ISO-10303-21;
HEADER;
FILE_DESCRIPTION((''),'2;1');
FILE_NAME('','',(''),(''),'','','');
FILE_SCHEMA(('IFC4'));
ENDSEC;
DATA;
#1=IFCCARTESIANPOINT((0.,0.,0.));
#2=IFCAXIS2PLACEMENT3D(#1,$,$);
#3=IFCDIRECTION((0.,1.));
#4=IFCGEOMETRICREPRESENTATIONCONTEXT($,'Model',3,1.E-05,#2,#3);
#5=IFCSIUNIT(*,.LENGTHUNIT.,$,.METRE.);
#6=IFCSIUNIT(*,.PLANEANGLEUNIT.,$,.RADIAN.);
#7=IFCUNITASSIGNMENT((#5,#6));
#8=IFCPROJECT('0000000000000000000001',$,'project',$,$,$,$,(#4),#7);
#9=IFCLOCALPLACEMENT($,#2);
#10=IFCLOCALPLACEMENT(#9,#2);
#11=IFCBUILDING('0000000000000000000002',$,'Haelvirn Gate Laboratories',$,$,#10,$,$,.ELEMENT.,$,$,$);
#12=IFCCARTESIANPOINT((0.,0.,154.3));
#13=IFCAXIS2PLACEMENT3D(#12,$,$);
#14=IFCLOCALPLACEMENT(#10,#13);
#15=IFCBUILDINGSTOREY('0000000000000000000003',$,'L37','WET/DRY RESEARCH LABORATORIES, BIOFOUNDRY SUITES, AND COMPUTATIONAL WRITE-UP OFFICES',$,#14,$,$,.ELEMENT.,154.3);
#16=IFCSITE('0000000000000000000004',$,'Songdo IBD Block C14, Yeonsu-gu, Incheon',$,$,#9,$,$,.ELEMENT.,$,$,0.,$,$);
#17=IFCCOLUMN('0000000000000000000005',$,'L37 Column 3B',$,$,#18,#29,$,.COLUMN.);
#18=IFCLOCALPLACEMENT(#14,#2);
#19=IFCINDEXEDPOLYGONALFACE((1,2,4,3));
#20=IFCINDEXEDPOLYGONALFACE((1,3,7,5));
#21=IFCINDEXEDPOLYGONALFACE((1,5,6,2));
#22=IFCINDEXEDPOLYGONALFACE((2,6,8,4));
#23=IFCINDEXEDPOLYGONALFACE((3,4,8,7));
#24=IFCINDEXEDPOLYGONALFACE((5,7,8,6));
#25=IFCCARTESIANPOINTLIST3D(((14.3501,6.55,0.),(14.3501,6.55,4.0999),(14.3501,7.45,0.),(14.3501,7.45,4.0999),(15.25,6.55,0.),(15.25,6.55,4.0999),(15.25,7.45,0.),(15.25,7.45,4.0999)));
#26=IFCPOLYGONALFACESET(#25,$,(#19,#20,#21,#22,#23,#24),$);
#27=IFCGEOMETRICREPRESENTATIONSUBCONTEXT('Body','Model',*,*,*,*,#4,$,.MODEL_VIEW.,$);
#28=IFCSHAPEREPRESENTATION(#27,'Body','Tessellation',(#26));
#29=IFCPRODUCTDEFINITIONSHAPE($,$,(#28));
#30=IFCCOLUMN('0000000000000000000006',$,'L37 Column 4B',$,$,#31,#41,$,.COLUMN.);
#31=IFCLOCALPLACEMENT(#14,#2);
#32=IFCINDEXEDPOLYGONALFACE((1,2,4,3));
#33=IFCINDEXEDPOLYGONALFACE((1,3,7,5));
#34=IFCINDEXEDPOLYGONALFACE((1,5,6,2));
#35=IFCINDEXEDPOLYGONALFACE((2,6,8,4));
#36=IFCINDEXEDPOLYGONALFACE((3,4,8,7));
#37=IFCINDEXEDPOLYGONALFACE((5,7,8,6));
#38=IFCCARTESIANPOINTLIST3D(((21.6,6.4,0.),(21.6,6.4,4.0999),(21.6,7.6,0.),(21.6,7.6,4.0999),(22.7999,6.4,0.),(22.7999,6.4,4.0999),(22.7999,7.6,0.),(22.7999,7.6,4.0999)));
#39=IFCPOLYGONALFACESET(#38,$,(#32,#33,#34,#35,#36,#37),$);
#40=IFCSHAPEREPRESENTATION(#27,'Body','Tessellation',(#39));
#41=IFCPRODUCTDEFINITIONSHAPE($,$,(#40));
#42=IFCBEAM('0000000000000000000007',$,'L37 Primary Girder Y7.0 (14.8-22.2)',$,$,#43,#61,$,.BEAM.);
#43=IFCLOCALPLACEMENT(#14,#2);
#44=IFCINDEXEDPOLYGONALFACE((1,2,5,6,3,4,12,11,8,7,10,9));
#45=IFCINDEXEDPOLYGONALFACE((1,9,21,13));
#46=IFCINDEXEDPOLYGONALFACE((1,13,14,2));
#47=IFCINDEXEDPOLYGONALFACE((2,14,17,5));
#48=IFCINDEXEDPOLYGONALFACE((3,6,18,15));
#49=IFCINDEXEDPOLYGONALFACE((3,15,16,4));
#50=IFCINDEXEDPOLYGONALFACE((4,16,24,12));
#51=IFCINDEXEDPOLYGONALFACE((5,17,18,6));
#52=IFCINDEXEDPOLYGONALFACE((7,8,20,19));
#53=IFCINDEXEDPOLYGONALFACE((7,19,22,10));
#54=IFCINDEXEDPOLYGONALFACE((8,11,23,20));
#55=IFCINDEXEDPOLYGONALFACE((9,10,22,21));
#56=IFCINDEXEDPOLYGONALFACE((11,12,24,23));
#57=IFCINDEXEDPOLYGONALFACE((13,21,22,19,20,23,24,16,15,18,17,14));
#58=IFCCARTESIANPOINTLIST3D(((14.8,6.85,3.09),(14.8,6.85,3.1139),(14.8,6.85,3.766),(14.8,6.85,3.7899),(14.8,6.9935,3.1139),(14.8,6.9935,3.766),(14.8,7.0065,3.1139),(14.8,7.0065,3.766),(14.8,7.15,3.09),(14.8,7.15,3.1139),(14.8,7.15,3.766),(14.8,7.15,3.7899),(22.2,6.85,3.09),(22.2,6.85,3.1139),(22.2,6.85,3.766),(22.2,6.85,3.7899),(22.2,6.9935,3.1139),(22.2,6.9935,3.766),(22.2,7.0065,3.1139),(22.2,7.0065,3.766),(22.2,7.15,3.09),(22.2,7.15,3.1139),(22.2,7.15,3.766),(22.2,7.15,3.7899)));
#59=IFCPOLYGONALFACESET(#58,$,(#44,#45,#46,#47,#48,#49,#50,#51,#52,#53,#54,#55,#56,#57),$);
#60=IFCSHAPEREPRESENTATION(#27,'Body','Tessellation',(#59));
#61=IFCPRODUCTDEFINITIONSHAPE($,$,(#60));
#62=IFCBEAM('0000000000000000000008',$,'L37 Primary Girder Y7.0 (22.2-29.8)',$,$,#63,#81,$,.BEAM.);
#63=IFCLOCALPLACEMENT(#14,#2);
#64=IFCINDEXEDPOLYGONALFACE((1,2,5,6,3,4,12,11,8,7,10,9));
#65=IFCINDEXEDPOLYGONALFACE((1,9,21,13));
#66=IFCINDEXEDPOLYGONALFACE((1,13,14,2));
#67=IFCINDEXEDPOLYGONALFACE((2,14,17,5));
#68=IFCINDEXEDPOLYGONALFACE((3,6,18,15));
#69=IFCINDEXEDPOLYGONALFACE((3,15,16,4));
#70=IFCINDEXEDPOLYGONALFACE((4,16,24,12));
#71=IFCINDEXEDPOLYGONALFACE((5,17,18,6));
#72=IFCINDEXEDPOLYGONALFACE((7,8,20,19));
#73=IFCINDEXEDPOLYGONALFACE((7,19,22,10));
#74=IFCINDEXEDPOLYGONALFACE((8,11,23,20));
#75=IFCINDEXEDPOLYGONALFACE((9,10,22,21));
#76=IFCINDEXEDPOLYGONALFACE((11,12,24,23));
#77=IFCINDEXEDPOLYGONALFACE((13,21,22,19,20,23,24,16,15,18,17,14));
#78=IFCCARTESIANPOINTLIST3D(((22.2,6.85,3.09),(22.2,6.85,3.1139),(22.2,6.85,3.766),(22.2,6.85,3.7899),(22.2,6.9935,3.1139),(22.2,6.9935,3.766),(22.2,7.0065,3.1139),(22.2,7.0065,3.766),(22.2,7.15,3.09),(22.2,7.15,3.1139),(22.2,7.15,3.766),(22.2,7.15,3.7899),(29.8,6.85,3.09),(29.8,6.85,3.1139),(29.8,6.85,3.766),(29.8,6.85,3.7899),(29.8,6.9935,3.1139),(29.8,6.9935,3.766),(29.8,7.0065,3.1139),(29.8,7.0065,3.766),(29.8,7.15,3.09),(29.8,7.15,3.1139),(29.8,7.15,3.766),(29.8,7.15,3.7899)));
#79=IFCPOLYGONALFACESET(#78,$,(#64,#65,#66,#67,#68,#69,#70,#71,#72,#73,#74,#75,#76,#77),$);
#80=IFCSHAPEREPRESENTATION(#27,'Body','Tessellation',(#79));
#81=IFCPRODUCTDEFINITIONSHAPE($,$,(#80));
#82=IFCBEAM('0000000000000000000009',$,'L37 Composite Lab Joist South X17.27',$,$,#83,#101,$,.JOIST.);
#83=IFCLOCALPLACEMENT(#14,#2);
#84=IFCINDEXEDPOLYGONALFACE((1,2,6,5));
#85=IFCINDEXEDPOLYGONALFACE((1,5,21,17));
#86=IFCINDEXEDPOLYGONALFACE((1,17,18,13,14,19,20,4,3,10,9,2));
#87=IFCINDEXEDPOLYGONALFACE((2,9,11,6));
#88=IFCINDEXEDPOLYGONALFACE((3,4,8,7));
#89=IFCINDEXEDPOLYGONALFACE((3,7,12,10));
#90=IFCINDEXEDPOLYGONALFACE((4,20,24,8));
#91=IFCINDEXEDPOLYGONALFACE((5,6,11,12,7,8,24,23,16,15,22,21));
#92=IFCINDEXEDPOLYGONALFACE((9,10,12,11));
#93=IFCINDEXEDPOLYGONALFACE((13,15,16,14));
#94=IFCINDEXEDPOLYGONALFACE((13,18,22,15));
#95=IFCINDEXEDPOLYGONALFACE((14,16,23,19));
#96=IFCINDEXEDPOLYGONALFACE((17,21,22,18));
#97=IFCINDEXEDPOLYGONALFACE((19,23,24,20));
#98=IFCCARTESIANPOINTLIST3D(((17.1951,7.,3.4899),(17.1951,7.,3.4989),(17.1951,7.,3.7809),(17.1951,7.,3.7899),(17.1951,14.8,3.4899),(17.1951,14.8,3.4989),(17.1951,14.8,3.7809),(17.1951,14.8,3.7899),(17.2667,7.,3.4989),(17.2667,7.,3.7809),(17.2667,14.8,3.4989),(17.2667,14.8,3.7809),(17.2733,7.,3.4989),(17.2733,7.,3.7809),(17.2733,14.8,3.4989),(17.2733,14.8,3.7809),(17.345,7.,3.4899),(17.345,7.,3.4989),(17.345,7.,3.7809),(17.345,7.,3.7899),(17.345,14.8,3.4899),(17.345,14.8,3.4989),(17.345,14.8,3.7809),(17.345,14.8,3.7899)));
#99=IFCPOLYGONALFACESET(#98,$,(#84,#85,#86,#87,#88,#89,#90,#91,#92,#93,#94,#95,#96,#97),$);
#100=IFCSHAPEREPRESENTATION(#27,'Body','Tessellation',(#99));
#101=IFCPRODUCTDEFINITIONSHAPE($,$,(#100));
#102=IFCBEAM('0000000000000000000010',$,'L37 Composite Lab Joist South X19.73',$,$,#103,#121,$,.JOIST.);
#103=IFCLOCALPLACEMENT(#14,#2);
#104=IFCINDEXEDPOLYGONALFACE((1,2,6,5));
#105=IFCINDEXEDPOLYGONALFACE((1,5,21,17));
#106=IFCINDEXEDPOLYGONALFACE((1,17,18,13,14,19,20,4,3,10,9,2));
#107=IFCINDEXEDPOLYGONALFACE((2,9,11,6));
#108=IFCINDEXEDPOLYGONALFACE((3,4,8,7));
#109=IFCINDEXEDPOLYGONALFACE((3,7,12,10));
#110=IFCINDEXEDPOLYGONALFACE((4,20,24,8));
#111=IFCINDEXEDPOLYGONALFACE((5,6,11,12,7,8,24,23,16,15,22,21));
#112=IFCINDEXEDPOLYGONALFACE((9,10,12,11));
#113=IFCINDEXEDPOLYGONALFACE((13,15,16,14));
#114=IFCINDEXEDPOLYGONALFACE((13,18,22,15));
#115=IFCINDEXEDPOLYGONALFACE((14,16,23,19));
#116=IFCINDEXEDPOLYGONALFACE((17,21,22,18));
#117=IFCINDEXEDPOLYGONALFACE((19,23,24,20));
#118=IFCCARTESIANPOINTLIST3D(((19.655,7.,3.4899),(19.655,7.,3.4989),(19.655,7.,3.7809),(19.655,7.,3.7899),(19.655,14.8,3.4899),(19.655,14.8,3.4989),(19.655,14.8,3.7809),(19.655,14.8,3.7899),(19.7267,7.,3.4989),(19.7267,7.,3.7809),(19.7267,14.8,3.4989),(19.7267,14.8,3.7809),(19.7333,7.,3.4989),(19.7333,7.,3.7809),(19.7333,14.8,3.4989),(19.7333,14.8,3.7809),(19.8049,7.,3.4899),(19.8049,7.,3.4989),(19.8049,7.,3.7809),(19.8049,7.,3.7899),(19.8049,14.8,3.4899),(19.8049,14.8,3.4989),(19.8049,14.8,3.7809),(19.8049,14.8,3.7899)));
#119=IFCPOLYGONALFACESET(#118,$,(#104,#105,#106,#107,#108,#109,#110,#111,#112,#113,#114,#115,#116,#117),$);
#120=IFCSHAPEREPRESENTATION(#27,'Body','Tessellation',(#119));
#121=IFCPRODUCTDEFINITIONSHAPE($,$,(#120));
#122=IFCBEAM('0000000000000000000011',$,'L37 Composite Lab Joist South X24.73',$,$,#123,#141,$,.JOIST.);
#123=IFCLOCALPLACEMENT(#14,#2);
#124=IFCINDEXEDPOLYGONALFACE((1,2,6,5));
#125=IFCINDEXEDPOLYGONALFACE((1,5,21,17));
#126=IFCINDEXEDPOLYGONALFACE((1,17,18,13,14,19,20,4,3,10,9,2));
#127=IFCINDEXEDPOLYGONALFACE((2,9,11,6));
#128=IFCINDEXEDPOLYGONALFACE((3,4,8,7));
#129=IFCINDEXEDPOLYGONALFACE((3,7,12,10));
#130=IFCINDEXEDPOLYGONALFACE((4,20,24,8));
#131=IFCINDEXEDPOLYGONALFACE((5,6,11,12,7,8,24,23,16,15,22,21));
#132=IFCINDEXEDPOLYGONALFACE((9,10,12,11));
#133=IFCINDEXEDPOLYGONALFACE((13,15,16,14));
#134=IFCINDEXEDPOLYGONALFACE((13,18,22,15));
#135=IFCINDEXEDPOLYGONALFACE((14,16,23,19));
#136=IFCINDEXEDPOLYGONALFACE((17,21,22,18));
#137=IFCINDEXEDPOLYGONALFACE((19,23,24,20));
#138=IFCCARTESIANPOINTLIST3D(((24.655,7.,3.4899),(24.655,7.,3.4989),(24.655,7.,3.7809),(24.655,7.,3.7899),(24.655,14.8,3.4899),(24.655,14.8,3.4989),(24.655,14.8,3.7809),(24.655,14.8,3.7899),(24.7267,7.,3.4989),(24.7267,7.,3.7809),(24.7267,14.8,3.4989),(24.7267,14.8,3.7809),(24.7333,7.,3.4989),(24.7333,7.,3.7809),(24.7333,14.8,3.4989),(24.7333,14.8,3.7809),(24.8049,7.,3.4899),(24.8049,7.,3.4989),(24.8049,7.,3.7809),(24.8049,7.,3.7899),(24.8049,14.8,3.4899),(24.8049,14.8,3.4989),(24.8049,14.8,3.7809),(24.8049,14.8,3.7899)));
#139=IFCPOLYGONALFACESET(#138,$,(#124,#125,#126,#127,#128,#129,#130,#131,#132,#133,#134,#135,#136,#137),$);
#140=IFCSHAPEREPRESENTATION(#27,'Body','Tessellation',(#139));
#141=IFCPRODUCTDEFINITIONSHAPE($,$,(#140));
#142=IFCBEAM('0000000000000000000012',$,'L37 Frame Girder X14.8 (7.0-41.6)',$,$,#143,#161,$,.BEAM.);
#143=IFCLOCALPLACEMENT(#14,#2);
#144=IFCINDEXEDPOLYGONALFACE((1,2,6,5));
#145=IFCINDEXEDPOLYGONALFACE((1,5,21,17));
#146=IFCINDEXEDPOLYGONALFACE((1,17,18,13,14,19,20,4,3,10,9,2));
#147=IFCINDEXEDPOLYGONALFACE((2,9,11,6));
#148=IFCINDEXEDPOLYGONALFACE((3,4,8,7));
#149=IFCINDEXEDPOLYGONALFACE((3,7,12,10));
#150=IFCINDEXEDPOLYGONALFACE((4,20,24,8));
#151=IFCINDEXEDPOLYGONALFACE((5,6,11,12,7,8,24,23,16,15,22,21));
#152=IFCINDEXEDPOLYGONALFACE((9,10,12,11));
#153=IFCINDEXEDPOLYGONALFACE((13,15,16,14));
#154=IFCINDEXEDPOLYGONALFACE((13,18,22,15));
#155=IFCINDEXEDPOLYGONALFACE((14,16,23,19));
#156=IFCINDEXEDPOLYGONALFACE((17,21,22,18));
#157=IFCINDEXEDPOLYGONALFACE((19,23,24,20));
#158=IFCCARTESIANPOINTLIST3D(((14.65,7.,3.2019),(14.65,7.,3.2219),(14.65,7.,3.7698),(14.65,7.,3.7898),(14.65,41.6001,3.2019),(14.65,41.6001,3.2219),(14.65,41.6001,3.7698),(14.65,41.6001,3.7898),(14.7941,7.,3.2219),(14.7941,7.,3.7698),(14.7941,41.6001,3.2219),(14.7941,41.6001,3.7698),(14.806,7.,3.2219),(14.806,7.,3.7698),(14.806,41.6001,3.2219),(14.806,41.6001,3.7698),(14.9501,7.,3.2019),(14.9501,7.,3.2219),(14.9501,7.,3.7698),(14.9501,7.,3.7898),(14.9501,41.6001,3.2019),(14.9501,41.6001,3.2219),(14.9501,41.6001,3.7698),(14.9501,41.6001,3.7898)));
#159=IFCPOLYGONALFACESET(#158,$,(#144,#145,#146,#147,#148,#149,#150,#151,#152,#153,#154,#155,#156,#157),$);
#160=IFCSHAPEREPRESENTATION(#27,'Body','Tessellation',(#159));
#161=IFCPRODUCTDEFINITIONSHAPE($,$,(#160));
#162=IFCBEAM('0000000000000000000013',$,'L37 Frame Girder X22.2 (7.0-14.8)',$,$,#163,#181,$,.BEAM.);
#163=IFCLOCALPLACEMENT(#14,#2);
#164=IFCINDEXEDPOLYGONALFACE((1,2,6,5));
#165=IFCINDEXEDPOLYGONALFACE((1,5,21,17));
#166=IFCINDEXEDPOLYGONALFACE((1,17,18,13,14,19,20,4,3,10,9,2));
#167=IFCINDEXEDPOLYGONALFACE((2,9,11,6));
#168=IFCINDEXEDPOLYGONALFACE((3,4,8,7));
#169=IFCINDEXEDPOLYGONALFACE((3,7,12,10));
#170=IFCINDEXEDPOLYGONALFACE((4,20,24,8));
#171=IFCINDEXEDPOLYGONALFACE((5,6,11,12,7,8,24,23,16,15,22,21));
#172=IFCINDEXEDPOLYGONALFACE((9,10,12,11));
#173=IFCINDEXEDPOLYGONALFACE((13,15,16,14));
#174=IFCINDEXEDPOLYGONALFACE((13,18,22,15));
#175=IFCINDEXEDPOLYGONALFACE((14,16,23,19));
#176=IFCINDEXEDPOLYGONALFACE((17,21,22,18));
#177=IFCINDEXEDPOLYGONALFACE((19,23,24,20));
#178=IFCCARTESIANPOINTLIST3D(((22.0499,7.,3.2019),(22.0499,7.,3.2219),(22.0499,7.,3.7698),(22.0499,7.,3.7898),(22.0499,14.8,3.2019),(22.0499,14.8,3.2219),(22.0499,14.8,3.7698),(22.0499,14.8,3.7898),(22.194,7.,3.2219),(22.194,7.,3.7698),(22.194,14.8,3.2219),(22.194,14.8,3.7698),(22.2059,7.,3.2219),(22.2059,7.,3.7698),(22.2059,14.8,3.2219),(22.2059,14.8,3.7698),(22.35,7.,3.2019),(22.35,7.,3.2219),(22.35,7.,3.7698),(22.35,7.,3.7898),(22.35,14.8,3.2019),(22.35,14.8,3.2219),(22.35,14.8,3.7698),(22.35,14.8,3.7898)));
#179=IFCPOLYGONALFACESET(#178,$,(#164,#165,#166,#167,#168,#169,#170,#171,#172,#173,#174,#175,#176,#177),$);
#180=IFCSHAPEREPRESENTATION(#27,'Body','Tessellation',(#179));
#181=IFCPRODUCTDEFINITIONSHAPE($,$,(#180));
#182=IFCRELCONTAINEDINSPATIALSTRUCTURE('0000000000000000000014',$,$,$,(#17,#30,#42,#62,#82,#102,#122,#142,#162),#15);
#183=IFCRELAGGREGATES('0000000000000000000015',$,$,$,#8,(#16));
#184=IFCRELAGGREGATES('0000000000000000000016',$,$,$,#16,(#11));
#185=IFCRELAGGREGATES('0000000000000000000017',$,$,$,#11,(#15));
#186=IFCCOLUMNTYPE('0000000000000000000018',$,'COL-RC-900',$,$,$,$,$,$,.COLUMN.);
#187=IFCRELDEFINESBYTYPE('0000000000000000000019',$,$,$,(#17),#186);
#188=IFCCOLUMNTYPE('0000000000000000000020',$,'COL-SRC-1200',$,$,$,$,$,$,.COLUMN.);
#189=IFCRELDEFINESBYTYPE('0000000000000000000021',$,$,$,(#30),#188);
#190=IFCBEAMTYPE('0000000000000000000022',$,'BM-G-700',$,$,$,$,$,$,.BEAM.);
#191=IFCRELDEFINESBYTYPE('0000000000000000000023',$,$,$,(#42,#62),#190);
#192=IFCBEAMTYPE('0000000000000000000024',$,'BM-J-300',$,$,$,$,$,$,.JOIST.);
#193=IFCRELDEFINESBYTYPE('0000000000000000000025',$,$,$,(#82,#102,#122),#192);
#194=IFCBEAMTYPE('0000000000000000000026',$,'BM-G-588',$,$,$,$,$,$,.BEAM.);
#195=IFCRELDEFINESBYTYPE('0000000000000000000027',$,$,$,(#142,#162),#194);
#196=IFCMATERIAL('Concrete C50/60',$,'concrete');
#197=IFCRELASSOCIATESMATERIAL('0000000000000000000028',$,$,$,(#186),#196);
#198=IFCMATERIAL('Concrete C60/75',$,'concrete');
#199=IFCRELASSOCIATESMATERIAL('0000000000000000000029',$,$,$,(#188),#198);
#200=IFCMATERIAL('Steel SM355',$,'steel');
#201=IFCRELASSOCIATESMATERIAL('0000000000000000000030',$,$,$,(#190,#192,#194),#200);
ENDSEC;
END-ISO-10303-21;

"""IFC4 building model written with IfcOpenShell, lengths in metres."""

from ifc_helpers import new_model, si_unit, direction, frame, origin, origin_2d, place, context, subcontext, project, spatial, rectangle, i_section, extrude, source, transform, mapped, material, material_profile, profile_set, type_object, type_shapes, element, save


model = new_model("IFC4")

# Units and contexts
model_context = context("Model", 3, precision=1e-05, world=origin(), true_north=direction((0.0, 1.0)))
body_context = subcontext(model_context, "Body", "Model", "MODEL_VIEW")
ifc_project = project(units=[si_unit("LENGTHUNIT", "METRE"), si_unit("PLANEANGLEUNIT", "RADIAN")], contexts=[model_context])

# Site, building, storey
site_placement = place(None, origin())
site = spatial("IfcSite", under=ifc_project, at=site_placement, Name="Songdo IBD Block C14, Yeonsu-gu, Incheon", CompositionType="ELEMENT", RefElevation=0.0)
building_placement = place(site_placement, origin())
building = spatial("IfcBuilding", under=site, at=building_placement, Name="Haelvirn Gate Laboratories", CompositionType="ELEMENT")
storey_placement = place(building_placement, frame((0.0, 0.0, 154.3)))
storey = spatial("IfcBuildingStorey", under=building, at=storey_placement, Name="L37", Description="WET/DRY RESEARCH LABORATORIES, BIOFOUNDRY SUITES, AND COMPUTATIONAL WRITE-UP OFFICES", CompositionType="ELEMENT", Elevation=154.3)

# Columns
ifc_material_1 = material(Name="Concrete C50/60", Category="concrete")
ifc_material_profile_1 = material_profile(ifc_material_1, rectangle(XDim=0.8999, YDim=0.8999, at=origin_2d()), Name="RC-900x900")
ifc_profile_set_1 = profile_set([ifc_material_profile_1], Name="Concrete C50/60")
column_type_1 = type_object("IfcColumnType", Name="COL-RC-900", PredefinedType="COLUMN", material=ifc_profile_set_1)
shared_shape_1 = source(origin(), body_context, "Body", "SweptSolid", [
    extrude(rectangle(XDim=0.8999, YDim=0.8999, at=origin_2d()), origin(), (0.0, 0.0, 1.0), 4.0999),
])
type_shapes(column_type_1, [shared_shape_1])
column_1_placement = place(storey_placement, frame((14.8, 7.0, 0.0), z_axis=(0.0, 0.0, 1.0), x_axis=(1.0, 0.0, 0.0)))
element("IfcColumn", 1, at=column_1_placement, inside=storey, type_object=column_type_1, Name="L37 Column 3B", PredefinedType="COLUMN", context=body_context, shape_type="MappedRepresentation", body=[
    mapped(shared_shape_1, transform((0.0, 0.0, 0.0), scale=1.0)),
])
ifc_material_2 = material(Name="Concrete C60/75", Category="concrete")
ifc_material_profile_2 = material_profile(ifc_material_2, rectangle(XDim=1.2, YDim=1.2, at=origin_2d()), Name="SRC-1200x1200")
ifc_profile_set_2 = profile_set([ifc_material_profile_2], Name="Concrete C60/75")
column_type_2 = type_object("IfcColumnType", Name="COL-SRC-1200", PredefinedType="COLUMN", material=ifc_profile_set_2)
shared_shape_2 = source(origin(), body_context, "Body", "SweptSolid", [
    extrude(rectangle(XDim=1.2, YDim=1.2, at=origin_2d()), origin(), (0.0, 0.0, 1.0), 4.0999),
])
type_shapes(column_type_2, [shared_shape_2])
column_2_placement = place(storey_placement, frame((22.2, 7.0, 0.0), z_axis=(0.0, 0.0, 1.0), x_axis=(1.0, 0.0, 0.0)))
element("IfcColumn", 2, at=column_2_placement, inside=storey, type_object=column_type_2, Name="L37 Column 4B", PredefinedType="COLUMN", context=body_context, shape_type="MappedRepresentation", body=[
    mapped(shared_shape_2, transform((0.0, 0.0, 0.0), scale=1.0)),
])

# Beams
ifc_material_3 = material(Name="Steel SM355", Category="steel")
ifc_material_profile_3 = material_profile(ifc_material_3, i_section(OverallWidth=0.3, OverallDepth=0.7, WebThickness=0.0129, FlangeThickness=0.0239, at=origin_2d()), Name="H-700x300x13x24")
ifc_profile_set_3 = profile_set([ifc_material_profile_3], Name="Steel SM355")
beam_type_1 = type_object("IfcBeamType", Name="BM-G-700", PredefinedType="BEAM", material=ifc_profile_set_3)
shared_shape_3 = source(origin(), body_context, "Body", "SweptSolid", [
    extrude(i_section(OverallWidth=0.3, OverallDepth=0.7, WebThickness=0.0129, FlangeThickness=0.0239, at=origin_2d()), origin(), (0.0, 0.0, 1.0), 7.3999),
])
beam_1_placement = place(storey_placement, frame((14.8, 7.0, 3.4399), z_axis=(1.0, 0.0, 0.0), x_axis=(0.0, 1.0, 0.0)))
element("IfcBeam", 3, at=beam_1_placement, inside=storey, type_object=beam_type_1, Name="L37 Primary Girder Y7.0 (14.8-22.2)", PredefinedType="BEAM", context=body_context, shape_type="MappedRepresentation", body=[
    mapped(shared_shape_3, transform((0.0, 0.0, 0.0), scale=1.0)),
])
shared_shape_4 = source(origin(), body_context, "Body", "SweptSolid", [
    extrude(i_section(OverallWidth=0.3, OverallDepth=0.7, WebThickness=0.0129, FlangeThickness=0.0239, at=origin_2d()), origin(), (0.0, 0.0, 1.0), 7.6001),
])
type_shapes(beam_type_1, [shared_shape_3, shared_shape_4])
beam_2_placement = place(storey_placement, frame((22.2, 7.0, 3.4399), z_axis=(1.0, 0.0, 0.0), x_axis=(0.0, 1.0, 0.0)))
element("IfcBeam", 4, at=beam_2_placement, inside=storey, type_object=beam_type_1, Name="L37 Primary Girder Y7.0 (22.2-29.8)", PredefinedType="BEAM", context=body_context, shape_type="MappedRepresentation", body=[
    mapped(shared_shape_4, transform((0.0, 0.0, 0.0), scale=1.0)),
])
ifc_material_profile_4 = material_profile(ifc_material_3, i_section(OverallWidth=0.1499, OverallDepth=0.3, WebThickness=0.0066, FlangeThickness=0.009, at=origin_2d()), Name="H-300x150x6.5x9")
ifc_profile_set_4 = profile_set([ifc_material_profile_4], Name="Steel SM355")
beam_type_2 = type_object("IfcBeamType", Name="BM-J-300", PredefinedType="JOIST", material=ifc_profile_set_4)
shared_shape_5 = source(origin(), body_context, "Body", "SweptSolid", [
    extrude(i_section(OverallWidth=0.1499, OverallDepth=0.3, WebThickness=0.0066, FlangeThickness=0.009, at=origin_2d()), origin(), (0.0, 0.0, 1.0), 7.8),
])
type_shapes(beam_type_2, [shared_shape_5])
for number, where, z_axis, x_axis, name in (
    (5, (17.27, 7.0, 3.6399), (0.0, 1.0, 0.0), (-1.0, 0.0, 0.0), "L37 Composite Lab Joist South X17.27"),
    (6, (19.73, 7.0, 3.6399), (0.0, 1.0, 0.0), (-1.0, 0.0, 0.0), "L37 Composite Lab Joist South X19.73"),
    (7, (24.73, 7.0, 3.6399), (0.0, 1.0, 0.0), (-1.0, 0.0, 0.0), "L37 Composite Lab Joist South X24.73"),
):
    element("IfcBeam", number, at=place(storey_placement, frame(where, z_axis=z_axis, x_axis=x_axis)), inside=storey, type_object=beam_type_2, Name=name, PredefinedType="JOIST", context=body_context, shape_type="MappedRepresentation", body=[
        mapped(shared_shape_5, transform((0.0, 0.0, 0.0), scale=1.0)),
    ])
ifc_material_profile_5 = material_profile(ifc_material_3, i_section(OverallWidth=0.3, OverallDepth=0.5879, WebThickness=0.012, FlangeThickness=0.02, at=origin_2d()), Name="H-588x300x12x20")
ifc_profile_set_5 = profile_set([ifc_material_profile_5], Name="Steel SM355")
beam_type_3 = type_object("IfcBeamType", Name="BM-G-588", PredefinedType="BEAM", material=ifc_profile_set_5)
shared_shape_6 = source(origin(), body_context, "Body", "SweptSolid", [
    extrude(i_section(OverallWidth=0.3, OverallDepth=0.5879, WebThickness=0.012, FlangeThickness=0.02, at=origin_2d()), origin(), (0.0, 0.0, 1.0), 34.6001),
])
beam_3_placement = place(storey_placement, frame((14.8, 7.0, 3.4958), z_axis=(0.0, 1.0, 0.0), x_axis=(-1.0, 0.0, 0.0)))
element("IfcBeam", 8, at=beam_3_placement, inside=storey, type_object=beam_type_3, Name="L37 Frame Girder X14.8 (7.0-41.6)", PredefinedType="BEAM", context=body_context, shape_type="MappedRepresentation", body=[
    mapped(shared_shape_6, transform((0.0, 0.0, 0.0), scale=1.0)),
])
shared_shape_7 = source(origin(), body_context, "Body", "SweptSolid", [
    extrude(i_section(OverallWidth=0.3, OverallDepth=0.5879, WebThickness=0.012, FlangeThickness=0.02, at=origin_2d()), origin(), (0.0, 0.0, 1.0), 7.8),
])
type_shapes(beam_type_3, [shared_shape_6, shared_shape_7])
beam_4_placement = place(storey_placement, frame((22.2, 7.0, 3.4958), z_axis=(0.0, 1.0, 0.0), x_axis=(-1.0, 0.0, 0.0)))
element("IfcBeam", 9, at=beam_4_placement, inside=storey, type_object=beam_type_3, Name="L37 Frame Girder X22.2 (7.0-14.8)", PredefinedType="BEAM", context=body_context, shape_type="MappedRepresentation", body=[
    mapped(shared_shape_7, transform((0.0, 0.0, 0.0), scale=1.0)),
])

save(model, "model.ifc")
